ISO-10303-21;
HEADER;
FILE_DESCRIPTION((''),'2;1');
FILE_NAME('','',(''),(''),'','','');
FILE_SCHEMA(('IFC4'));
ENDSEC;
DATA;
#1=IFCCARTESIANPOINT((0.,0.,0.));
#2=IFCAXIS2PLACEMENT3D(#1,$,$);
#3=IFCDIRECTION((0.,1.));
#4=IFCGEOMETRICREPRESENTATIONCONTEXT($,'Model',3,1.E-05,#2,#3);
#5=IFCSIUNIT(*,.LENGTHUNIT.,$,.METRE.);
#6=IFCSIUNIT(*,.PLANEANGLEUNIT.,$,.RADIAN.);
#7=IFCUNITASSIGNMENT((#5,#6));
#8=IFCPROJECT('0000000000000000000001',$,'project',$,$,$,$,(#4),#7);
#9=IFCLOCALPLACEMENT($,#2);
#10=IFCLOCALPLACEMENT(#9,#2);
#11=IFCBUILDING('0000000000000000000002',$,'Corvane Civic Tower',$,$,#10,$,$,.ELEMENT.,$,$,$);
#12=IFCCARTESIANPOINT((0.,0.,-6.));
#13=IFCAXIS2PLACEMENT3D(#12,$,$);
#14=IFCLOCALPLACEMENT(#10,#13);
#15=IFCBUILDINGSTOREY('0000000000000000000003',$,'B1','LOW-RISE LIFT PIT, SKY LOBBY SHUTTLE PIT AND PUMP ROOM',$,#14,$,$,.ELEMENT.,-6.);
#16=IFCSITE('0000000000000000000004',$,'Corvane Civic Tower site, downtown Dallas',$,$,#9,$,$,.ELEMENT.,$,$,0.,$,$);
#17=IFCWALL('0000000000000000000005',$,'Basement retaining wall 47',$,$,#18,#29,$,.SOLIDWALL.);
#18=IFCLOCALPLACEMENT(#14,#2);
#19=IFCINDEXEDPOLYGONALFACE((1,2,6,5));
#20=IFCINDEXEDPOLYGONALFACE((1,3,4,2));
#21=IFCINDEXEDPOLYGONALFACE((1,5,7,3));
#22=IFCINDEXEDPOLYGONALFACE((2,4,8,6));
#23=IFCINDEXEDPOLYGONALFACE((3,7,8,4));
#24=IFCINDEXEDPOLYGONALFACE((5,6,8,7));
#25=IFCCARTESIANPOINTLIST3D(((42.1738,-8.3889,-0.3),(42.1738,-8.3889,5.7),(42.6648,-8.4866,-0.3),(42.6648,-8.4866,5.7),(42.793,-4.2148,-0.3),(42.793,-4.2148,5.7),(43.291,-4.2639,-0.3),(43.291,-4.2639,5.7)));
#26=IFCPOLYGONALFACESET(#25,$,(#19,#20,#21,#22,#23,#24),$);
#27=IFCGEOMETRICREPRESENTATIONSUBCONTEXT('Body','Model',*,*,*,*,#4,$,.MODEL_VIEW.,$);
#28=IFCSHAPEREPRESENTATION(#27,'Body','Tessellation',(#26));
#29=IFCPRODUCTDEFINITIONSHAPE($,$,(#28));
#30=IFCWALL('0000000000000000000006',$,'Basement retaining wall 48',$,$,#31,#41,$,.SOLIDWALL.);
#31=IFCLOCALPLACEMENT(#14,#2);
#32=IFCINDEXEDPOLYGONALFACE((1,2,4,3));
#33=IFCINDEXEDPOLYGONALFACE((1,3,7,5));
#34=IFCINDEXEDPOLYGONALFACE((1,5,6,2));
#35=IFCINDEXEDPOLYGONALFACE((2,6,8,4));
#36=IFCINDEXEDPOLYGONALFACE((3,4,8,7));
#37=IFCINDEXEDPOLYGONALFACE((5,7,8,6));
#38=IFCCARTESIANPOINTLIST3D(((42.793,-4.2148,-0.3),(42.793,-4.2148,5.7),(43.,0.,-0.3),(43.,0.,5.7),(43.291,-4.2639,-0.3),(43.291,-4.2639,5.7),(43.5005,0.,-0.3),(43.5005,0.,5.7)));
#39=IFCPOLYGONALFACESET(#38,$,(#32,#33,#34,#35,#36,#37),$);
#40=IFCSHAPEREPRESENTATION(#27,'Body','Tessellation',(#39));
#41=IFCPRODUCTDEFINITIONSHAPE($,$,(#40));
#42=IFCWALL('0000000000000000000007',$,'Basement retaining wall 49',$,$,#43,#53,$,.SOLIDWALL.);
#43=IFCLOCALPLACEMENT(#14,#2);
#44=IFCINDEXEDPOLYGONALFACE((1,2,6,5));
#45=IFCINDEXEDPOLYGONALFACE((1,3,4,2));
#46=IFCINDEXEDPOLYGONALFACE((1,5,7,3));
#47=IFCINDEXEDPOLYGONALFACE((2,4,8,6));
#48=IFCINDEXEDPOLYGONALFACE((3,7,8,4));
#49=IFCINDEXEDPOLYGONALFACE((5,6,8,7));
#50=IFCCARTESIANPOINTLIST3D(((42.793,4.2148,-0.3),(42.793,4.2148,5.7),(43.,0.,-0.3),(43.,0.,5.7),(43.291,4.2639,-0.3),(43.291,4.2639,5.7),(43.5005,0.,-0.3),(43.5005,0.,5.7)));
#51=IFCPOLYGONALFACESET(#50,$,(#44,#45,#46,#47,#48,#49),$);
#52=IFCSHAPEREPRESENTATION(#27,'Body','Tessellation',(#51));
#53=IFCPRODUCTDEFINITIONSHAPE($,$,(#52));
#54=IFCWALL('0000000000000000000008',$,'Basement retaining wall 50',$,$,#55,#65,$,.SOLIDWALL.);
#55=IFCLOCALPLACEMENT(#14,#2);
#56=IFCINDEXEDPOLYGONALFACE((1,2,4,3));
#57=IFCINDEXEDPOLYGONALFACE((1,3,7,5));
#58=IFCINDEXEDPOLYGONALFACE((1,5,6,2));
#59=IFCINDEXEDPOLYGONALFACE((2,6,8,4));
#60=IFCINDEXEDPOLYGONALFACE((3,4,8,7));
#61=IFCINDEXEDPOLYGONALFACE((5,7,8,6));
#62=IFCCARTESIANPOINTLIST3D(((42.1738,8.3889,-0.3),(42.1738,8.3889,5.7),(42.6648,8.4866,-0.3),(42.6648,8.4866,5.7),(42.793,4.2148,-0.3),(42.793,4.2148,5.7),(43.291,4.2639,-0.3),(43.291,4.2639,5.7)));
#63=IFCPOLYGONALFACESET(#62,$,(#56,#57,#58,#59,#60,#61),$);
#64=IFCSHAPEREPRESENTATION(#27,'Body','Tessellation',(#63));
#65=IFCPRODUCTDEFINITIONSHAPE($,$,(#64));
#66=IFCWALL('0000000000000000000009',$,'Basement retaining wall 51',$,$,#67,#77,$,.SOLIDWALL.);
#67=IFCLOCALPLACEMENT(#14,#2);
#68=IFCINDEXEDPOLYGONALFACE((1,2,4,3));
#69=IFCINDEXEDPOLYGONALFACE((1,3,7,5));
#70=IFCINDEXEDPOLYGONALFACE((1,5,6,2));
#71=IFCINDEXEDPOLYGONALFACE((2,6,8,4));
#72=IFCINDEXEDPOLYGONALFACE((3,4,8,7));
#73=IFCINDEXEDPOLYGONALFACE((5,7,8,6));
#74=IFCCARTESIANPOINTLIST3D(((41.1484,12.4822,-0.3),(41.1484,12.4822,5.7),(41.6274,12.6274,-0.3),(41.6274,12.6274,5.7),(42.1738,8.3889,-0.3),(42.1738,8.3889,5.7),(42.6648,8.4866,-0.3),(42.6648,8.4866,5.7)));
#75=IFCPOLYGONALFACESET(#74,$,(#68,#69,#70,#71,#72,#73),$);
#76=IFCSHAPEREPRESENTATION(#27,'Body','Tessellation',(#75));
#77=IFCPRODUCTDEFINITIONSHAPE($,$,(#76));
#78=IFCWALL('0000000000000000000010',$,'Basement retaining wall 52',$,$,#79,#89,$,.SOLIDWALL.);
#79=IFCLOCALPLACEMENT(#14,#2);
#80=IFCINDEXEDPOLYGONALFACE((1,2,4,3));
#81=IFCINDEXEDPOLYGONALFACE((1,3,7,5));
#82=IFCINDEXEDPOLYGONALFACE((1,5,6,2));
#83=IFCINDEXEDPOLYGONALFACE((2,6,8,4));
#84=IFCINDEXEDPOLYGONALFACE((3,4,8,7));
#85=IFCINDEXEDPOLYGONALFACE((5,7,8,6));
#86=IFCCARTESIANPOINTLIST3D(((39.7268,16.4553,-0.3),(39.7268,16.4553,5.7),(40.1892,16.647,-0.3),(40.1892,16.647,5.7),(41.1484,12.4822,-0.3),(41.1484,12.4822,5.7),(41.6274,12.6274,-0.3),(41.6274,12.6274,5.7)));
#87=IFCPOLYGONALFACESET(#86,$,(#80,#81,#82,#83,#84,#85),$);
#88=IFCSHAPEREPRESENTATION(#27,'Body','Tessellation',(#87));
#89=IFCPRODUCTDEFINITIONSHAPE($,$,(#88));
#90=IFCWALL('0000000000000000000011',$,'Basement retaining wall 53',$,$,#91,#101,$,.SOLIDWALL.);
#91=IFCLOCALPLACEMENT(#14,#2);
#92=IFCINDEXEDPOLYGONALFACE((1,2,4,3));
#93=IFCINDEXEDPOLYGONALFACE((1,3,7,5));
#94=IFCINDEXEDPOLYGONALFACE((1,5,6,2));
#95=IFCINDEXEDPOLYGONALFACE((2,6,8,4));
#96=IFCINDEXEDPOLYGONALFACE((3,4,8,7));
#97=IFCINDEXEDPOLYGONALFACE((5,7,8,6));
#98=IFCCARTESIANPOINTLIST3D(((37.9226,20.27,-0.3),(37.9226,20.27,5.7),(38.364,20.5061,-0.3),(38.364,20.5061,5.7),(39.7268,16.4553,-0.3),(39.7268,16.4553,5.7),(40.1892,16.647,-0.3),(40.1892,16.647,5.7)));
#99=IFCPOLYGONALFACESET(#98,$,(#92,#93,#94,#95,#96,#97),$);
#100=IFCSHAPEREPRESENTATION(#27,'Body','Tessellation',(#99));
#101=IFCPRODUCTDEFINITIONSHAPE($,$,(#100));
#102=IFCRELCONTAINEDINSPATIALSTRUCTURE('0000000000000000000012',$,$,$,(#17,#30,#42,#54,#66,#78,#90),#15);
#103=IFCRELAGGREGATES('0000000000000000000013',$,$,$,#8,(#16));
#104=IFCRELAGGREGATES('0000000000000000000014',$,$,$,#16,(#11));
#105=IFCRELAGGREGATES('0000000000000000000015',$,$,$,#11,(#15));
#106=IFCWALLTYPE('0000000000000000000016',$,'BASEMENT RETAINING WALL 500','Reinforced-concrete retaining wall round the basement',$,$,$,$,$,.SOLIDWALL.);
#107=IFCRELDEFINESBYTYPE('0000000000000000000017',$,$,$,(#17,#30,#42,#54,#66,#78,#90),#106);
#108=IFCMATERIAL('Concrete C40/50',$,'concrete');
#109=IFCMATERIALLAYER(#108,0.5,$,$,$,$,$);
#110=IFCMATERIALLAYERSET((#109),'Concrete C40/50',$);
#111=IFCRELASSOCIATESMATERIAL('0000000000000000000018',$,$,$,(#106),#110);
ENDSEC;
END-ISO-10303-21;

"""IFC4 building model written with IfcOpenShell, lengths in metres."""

from ifc_helpers import new_model, si_unit, direction, frame, origin, place, context, subcontext, project, spatial, polyline, outline, extrude, material, layer, layer_set, type_object, element, save


model = new_model("IFC4")

# Units and contexts
model_context = context("Model", 3, precision=1e-05, world=origin(), true_north=direction((0.0, 1.0)))
body_context = subcontext(model_context, "Body", "Model", "MODEL_VIEW")
ifc_project = project(units=[si_unit("LENGTHUNIT", "METRE"), si_unit("PLANEANGLEUNIT", "RADIAN")], contexts=[model_context])

# Site, building, storey
site_placement = place(None, origin())
site = spatial("IfcSite", under=ifc_project, at=site_placement, Name="Corvane Civic Tower site, downtown Dallas", CompositionType="ELEMENT", RefElevation=0.0)
building_placement = place(site_placement, origin())
building = spatial("IfcBuilding", under=site, at=building_placement, Name="Corvane Civic Tower", CompositionType="ELEMENT")
storey_placement = place(building_placement, frame((0.0, 0.0, -6.0)))
storey = spatial("IfcBuildingStorey", under=building, at=storey_placement, Name="B1", Description="LOW-RISE LIFT PIT, SKY LOBBY SHUTTLE PIT AND PUMP ROOM", CompositionType="ELEMENT", Elevation=-6.0)

# Walls
ifc_material = material(Name="Concrete C40/50", Category="concrete")
ifc_layer = layer(ifc_material, 0.5)
ifc_layer_set = layer_set([ifc_layer], Name="Concrete C40/50")
wall_type = type_object("IfcWallType", Name="BASEMENT RETAINING WALL 500", Description="Reinforced-concrete retaining wall round the basement", PredefinedType="SOLIDWALL", material=ifc_layer_set)
wall_1_placement = place(storey_placement, frame((0.0, 0.0, -0.3)))
element("IfcWall", 1, at=wall_1_placement, inside=storey, type_object=wall_type, Name="Basement retaining wall 47", PredefinedType="SOLIDWALL", context=body_context, shape_type="SweptSolid", body=[
    extrude(outline(polyline([(42.1738, -8.3889), (42.793, -4.2148), (43.291, -4.2639), (42.6648, -8.4866), (42.1738, -8.3889)])), origin(), (0.0, 0.0, 1.0), 6.0),
])
wall_2_placement = place(storey_placement, frame((0.0, 0.0, -0.3)))
element("IfcWall", 2, at=wall_2_placement, inside=storey, type_object=wall_type, Name="Basement retaining wall 48", PredefinedType="SOLIDWALL", context=body_context, shape_type="SweptSolid", body=[
    extrude(outline(polyline([(42.793, -4.2148), (43.0, 0.0), (43.5005, 0.0), (43.291, -4.2639), (42.793, -4.2148)])), origin(), (0.0, 0.0, 1.0), 6.0),
])
wall_3_placement = place(storey_placement, frame((0.0, 0.0, -0.3)))
element("IfcWall", 3, at=wall_3_placement, inside=storey, type_object=wall_type, Name="Basement retaining wall 49", PredefinedType="SOLIDWALL", context=body_context, shape_type="SweptSolid", body=[
    extrude(outline(polyline([(43.0, 0.0), (42.793, 4.2148), (43.291, 4.2639), (43.5005, 0.0), (43.0, 0.0)])), origin(), (0.0, 0.0, 1.0), 6.0),
])
wall_4_placement = place(storey_placement, frame((0.0, 0.0, -0.3)))
element("IfcWall", 4, at=wall_4_placement, inside=storey, type_object=wall_type, Name="Basement retaining wall 50", PredefinedType="SOLIDWALL", context=body_context, shape_type="SweptSolid", body=[
    extrude(outline(polyline([(42.793, 4.2148), (42.1738, 8.3889), (42.6648, 8.4866), (43.291, 4.2639), (42.793, 4.2148)])), origin(), (0.0, 0.0, 1.0), 6.0),
])
wall_5_placement = place(storey_placement, frame((0.0, 0.0, -0.3)))
element("IfcWall", 5, at=wall_5_placement, inside=storey, type_object=wall_type, Name="Basement retaining wall 51", PredefinedType="SOLIDWALL", context=body_context, shape_type="SweptSolid", body=[
    extrude(outline(polyline([(42.1738, 8.3889), (41.1484, 12.4822), (41.6274, 12.6274), (42.6648, 8.4866), (42.1738, 8.3889)])), origin(), (0.0, 0.0, 1.0), 6.0),
])
wall_6_placement = place(storey_placement, frame((0.0, 0.0, -0.3)))
element("IfcWall", 6, at=wall_6_placement, inside=storey, type_object=wall_type, Name="Basement retaining wall 52", PredefinedType="SOLIDWALL", context=body_context, shape_type="SweptSolid", body=[
    extrude(outline(polyline([(41.1484, 12.4822), (39.7268, 16.4553), (40.1892, 16.647), (41.6274, 12.6274), (41.1484, 12.4822)])), origin(), (0.0, 0.0, 1.0), 6.0),
])
wall_7_placement = place(storey_placement, frame((0.0, 0.0, -0.3)))
element("IfcWall", 7, at=wall_7_placement, inside=storey, type_object=wall_type, Name="Basement retaining wall 53", PredefinedType="SOLIDWALL", context=body_context, shape_type="SweptSolid", body=[
    extrude(outline(polyline([(39.7268, 16.4553), (37.9226, 20.27), (38.364, 20.5061), (40.1892, 16.647), (39.7268, 16.4553)])), origin(), (0.0, 0.0, 1.0), 6.0),
])

save(model, "model.ifc")
